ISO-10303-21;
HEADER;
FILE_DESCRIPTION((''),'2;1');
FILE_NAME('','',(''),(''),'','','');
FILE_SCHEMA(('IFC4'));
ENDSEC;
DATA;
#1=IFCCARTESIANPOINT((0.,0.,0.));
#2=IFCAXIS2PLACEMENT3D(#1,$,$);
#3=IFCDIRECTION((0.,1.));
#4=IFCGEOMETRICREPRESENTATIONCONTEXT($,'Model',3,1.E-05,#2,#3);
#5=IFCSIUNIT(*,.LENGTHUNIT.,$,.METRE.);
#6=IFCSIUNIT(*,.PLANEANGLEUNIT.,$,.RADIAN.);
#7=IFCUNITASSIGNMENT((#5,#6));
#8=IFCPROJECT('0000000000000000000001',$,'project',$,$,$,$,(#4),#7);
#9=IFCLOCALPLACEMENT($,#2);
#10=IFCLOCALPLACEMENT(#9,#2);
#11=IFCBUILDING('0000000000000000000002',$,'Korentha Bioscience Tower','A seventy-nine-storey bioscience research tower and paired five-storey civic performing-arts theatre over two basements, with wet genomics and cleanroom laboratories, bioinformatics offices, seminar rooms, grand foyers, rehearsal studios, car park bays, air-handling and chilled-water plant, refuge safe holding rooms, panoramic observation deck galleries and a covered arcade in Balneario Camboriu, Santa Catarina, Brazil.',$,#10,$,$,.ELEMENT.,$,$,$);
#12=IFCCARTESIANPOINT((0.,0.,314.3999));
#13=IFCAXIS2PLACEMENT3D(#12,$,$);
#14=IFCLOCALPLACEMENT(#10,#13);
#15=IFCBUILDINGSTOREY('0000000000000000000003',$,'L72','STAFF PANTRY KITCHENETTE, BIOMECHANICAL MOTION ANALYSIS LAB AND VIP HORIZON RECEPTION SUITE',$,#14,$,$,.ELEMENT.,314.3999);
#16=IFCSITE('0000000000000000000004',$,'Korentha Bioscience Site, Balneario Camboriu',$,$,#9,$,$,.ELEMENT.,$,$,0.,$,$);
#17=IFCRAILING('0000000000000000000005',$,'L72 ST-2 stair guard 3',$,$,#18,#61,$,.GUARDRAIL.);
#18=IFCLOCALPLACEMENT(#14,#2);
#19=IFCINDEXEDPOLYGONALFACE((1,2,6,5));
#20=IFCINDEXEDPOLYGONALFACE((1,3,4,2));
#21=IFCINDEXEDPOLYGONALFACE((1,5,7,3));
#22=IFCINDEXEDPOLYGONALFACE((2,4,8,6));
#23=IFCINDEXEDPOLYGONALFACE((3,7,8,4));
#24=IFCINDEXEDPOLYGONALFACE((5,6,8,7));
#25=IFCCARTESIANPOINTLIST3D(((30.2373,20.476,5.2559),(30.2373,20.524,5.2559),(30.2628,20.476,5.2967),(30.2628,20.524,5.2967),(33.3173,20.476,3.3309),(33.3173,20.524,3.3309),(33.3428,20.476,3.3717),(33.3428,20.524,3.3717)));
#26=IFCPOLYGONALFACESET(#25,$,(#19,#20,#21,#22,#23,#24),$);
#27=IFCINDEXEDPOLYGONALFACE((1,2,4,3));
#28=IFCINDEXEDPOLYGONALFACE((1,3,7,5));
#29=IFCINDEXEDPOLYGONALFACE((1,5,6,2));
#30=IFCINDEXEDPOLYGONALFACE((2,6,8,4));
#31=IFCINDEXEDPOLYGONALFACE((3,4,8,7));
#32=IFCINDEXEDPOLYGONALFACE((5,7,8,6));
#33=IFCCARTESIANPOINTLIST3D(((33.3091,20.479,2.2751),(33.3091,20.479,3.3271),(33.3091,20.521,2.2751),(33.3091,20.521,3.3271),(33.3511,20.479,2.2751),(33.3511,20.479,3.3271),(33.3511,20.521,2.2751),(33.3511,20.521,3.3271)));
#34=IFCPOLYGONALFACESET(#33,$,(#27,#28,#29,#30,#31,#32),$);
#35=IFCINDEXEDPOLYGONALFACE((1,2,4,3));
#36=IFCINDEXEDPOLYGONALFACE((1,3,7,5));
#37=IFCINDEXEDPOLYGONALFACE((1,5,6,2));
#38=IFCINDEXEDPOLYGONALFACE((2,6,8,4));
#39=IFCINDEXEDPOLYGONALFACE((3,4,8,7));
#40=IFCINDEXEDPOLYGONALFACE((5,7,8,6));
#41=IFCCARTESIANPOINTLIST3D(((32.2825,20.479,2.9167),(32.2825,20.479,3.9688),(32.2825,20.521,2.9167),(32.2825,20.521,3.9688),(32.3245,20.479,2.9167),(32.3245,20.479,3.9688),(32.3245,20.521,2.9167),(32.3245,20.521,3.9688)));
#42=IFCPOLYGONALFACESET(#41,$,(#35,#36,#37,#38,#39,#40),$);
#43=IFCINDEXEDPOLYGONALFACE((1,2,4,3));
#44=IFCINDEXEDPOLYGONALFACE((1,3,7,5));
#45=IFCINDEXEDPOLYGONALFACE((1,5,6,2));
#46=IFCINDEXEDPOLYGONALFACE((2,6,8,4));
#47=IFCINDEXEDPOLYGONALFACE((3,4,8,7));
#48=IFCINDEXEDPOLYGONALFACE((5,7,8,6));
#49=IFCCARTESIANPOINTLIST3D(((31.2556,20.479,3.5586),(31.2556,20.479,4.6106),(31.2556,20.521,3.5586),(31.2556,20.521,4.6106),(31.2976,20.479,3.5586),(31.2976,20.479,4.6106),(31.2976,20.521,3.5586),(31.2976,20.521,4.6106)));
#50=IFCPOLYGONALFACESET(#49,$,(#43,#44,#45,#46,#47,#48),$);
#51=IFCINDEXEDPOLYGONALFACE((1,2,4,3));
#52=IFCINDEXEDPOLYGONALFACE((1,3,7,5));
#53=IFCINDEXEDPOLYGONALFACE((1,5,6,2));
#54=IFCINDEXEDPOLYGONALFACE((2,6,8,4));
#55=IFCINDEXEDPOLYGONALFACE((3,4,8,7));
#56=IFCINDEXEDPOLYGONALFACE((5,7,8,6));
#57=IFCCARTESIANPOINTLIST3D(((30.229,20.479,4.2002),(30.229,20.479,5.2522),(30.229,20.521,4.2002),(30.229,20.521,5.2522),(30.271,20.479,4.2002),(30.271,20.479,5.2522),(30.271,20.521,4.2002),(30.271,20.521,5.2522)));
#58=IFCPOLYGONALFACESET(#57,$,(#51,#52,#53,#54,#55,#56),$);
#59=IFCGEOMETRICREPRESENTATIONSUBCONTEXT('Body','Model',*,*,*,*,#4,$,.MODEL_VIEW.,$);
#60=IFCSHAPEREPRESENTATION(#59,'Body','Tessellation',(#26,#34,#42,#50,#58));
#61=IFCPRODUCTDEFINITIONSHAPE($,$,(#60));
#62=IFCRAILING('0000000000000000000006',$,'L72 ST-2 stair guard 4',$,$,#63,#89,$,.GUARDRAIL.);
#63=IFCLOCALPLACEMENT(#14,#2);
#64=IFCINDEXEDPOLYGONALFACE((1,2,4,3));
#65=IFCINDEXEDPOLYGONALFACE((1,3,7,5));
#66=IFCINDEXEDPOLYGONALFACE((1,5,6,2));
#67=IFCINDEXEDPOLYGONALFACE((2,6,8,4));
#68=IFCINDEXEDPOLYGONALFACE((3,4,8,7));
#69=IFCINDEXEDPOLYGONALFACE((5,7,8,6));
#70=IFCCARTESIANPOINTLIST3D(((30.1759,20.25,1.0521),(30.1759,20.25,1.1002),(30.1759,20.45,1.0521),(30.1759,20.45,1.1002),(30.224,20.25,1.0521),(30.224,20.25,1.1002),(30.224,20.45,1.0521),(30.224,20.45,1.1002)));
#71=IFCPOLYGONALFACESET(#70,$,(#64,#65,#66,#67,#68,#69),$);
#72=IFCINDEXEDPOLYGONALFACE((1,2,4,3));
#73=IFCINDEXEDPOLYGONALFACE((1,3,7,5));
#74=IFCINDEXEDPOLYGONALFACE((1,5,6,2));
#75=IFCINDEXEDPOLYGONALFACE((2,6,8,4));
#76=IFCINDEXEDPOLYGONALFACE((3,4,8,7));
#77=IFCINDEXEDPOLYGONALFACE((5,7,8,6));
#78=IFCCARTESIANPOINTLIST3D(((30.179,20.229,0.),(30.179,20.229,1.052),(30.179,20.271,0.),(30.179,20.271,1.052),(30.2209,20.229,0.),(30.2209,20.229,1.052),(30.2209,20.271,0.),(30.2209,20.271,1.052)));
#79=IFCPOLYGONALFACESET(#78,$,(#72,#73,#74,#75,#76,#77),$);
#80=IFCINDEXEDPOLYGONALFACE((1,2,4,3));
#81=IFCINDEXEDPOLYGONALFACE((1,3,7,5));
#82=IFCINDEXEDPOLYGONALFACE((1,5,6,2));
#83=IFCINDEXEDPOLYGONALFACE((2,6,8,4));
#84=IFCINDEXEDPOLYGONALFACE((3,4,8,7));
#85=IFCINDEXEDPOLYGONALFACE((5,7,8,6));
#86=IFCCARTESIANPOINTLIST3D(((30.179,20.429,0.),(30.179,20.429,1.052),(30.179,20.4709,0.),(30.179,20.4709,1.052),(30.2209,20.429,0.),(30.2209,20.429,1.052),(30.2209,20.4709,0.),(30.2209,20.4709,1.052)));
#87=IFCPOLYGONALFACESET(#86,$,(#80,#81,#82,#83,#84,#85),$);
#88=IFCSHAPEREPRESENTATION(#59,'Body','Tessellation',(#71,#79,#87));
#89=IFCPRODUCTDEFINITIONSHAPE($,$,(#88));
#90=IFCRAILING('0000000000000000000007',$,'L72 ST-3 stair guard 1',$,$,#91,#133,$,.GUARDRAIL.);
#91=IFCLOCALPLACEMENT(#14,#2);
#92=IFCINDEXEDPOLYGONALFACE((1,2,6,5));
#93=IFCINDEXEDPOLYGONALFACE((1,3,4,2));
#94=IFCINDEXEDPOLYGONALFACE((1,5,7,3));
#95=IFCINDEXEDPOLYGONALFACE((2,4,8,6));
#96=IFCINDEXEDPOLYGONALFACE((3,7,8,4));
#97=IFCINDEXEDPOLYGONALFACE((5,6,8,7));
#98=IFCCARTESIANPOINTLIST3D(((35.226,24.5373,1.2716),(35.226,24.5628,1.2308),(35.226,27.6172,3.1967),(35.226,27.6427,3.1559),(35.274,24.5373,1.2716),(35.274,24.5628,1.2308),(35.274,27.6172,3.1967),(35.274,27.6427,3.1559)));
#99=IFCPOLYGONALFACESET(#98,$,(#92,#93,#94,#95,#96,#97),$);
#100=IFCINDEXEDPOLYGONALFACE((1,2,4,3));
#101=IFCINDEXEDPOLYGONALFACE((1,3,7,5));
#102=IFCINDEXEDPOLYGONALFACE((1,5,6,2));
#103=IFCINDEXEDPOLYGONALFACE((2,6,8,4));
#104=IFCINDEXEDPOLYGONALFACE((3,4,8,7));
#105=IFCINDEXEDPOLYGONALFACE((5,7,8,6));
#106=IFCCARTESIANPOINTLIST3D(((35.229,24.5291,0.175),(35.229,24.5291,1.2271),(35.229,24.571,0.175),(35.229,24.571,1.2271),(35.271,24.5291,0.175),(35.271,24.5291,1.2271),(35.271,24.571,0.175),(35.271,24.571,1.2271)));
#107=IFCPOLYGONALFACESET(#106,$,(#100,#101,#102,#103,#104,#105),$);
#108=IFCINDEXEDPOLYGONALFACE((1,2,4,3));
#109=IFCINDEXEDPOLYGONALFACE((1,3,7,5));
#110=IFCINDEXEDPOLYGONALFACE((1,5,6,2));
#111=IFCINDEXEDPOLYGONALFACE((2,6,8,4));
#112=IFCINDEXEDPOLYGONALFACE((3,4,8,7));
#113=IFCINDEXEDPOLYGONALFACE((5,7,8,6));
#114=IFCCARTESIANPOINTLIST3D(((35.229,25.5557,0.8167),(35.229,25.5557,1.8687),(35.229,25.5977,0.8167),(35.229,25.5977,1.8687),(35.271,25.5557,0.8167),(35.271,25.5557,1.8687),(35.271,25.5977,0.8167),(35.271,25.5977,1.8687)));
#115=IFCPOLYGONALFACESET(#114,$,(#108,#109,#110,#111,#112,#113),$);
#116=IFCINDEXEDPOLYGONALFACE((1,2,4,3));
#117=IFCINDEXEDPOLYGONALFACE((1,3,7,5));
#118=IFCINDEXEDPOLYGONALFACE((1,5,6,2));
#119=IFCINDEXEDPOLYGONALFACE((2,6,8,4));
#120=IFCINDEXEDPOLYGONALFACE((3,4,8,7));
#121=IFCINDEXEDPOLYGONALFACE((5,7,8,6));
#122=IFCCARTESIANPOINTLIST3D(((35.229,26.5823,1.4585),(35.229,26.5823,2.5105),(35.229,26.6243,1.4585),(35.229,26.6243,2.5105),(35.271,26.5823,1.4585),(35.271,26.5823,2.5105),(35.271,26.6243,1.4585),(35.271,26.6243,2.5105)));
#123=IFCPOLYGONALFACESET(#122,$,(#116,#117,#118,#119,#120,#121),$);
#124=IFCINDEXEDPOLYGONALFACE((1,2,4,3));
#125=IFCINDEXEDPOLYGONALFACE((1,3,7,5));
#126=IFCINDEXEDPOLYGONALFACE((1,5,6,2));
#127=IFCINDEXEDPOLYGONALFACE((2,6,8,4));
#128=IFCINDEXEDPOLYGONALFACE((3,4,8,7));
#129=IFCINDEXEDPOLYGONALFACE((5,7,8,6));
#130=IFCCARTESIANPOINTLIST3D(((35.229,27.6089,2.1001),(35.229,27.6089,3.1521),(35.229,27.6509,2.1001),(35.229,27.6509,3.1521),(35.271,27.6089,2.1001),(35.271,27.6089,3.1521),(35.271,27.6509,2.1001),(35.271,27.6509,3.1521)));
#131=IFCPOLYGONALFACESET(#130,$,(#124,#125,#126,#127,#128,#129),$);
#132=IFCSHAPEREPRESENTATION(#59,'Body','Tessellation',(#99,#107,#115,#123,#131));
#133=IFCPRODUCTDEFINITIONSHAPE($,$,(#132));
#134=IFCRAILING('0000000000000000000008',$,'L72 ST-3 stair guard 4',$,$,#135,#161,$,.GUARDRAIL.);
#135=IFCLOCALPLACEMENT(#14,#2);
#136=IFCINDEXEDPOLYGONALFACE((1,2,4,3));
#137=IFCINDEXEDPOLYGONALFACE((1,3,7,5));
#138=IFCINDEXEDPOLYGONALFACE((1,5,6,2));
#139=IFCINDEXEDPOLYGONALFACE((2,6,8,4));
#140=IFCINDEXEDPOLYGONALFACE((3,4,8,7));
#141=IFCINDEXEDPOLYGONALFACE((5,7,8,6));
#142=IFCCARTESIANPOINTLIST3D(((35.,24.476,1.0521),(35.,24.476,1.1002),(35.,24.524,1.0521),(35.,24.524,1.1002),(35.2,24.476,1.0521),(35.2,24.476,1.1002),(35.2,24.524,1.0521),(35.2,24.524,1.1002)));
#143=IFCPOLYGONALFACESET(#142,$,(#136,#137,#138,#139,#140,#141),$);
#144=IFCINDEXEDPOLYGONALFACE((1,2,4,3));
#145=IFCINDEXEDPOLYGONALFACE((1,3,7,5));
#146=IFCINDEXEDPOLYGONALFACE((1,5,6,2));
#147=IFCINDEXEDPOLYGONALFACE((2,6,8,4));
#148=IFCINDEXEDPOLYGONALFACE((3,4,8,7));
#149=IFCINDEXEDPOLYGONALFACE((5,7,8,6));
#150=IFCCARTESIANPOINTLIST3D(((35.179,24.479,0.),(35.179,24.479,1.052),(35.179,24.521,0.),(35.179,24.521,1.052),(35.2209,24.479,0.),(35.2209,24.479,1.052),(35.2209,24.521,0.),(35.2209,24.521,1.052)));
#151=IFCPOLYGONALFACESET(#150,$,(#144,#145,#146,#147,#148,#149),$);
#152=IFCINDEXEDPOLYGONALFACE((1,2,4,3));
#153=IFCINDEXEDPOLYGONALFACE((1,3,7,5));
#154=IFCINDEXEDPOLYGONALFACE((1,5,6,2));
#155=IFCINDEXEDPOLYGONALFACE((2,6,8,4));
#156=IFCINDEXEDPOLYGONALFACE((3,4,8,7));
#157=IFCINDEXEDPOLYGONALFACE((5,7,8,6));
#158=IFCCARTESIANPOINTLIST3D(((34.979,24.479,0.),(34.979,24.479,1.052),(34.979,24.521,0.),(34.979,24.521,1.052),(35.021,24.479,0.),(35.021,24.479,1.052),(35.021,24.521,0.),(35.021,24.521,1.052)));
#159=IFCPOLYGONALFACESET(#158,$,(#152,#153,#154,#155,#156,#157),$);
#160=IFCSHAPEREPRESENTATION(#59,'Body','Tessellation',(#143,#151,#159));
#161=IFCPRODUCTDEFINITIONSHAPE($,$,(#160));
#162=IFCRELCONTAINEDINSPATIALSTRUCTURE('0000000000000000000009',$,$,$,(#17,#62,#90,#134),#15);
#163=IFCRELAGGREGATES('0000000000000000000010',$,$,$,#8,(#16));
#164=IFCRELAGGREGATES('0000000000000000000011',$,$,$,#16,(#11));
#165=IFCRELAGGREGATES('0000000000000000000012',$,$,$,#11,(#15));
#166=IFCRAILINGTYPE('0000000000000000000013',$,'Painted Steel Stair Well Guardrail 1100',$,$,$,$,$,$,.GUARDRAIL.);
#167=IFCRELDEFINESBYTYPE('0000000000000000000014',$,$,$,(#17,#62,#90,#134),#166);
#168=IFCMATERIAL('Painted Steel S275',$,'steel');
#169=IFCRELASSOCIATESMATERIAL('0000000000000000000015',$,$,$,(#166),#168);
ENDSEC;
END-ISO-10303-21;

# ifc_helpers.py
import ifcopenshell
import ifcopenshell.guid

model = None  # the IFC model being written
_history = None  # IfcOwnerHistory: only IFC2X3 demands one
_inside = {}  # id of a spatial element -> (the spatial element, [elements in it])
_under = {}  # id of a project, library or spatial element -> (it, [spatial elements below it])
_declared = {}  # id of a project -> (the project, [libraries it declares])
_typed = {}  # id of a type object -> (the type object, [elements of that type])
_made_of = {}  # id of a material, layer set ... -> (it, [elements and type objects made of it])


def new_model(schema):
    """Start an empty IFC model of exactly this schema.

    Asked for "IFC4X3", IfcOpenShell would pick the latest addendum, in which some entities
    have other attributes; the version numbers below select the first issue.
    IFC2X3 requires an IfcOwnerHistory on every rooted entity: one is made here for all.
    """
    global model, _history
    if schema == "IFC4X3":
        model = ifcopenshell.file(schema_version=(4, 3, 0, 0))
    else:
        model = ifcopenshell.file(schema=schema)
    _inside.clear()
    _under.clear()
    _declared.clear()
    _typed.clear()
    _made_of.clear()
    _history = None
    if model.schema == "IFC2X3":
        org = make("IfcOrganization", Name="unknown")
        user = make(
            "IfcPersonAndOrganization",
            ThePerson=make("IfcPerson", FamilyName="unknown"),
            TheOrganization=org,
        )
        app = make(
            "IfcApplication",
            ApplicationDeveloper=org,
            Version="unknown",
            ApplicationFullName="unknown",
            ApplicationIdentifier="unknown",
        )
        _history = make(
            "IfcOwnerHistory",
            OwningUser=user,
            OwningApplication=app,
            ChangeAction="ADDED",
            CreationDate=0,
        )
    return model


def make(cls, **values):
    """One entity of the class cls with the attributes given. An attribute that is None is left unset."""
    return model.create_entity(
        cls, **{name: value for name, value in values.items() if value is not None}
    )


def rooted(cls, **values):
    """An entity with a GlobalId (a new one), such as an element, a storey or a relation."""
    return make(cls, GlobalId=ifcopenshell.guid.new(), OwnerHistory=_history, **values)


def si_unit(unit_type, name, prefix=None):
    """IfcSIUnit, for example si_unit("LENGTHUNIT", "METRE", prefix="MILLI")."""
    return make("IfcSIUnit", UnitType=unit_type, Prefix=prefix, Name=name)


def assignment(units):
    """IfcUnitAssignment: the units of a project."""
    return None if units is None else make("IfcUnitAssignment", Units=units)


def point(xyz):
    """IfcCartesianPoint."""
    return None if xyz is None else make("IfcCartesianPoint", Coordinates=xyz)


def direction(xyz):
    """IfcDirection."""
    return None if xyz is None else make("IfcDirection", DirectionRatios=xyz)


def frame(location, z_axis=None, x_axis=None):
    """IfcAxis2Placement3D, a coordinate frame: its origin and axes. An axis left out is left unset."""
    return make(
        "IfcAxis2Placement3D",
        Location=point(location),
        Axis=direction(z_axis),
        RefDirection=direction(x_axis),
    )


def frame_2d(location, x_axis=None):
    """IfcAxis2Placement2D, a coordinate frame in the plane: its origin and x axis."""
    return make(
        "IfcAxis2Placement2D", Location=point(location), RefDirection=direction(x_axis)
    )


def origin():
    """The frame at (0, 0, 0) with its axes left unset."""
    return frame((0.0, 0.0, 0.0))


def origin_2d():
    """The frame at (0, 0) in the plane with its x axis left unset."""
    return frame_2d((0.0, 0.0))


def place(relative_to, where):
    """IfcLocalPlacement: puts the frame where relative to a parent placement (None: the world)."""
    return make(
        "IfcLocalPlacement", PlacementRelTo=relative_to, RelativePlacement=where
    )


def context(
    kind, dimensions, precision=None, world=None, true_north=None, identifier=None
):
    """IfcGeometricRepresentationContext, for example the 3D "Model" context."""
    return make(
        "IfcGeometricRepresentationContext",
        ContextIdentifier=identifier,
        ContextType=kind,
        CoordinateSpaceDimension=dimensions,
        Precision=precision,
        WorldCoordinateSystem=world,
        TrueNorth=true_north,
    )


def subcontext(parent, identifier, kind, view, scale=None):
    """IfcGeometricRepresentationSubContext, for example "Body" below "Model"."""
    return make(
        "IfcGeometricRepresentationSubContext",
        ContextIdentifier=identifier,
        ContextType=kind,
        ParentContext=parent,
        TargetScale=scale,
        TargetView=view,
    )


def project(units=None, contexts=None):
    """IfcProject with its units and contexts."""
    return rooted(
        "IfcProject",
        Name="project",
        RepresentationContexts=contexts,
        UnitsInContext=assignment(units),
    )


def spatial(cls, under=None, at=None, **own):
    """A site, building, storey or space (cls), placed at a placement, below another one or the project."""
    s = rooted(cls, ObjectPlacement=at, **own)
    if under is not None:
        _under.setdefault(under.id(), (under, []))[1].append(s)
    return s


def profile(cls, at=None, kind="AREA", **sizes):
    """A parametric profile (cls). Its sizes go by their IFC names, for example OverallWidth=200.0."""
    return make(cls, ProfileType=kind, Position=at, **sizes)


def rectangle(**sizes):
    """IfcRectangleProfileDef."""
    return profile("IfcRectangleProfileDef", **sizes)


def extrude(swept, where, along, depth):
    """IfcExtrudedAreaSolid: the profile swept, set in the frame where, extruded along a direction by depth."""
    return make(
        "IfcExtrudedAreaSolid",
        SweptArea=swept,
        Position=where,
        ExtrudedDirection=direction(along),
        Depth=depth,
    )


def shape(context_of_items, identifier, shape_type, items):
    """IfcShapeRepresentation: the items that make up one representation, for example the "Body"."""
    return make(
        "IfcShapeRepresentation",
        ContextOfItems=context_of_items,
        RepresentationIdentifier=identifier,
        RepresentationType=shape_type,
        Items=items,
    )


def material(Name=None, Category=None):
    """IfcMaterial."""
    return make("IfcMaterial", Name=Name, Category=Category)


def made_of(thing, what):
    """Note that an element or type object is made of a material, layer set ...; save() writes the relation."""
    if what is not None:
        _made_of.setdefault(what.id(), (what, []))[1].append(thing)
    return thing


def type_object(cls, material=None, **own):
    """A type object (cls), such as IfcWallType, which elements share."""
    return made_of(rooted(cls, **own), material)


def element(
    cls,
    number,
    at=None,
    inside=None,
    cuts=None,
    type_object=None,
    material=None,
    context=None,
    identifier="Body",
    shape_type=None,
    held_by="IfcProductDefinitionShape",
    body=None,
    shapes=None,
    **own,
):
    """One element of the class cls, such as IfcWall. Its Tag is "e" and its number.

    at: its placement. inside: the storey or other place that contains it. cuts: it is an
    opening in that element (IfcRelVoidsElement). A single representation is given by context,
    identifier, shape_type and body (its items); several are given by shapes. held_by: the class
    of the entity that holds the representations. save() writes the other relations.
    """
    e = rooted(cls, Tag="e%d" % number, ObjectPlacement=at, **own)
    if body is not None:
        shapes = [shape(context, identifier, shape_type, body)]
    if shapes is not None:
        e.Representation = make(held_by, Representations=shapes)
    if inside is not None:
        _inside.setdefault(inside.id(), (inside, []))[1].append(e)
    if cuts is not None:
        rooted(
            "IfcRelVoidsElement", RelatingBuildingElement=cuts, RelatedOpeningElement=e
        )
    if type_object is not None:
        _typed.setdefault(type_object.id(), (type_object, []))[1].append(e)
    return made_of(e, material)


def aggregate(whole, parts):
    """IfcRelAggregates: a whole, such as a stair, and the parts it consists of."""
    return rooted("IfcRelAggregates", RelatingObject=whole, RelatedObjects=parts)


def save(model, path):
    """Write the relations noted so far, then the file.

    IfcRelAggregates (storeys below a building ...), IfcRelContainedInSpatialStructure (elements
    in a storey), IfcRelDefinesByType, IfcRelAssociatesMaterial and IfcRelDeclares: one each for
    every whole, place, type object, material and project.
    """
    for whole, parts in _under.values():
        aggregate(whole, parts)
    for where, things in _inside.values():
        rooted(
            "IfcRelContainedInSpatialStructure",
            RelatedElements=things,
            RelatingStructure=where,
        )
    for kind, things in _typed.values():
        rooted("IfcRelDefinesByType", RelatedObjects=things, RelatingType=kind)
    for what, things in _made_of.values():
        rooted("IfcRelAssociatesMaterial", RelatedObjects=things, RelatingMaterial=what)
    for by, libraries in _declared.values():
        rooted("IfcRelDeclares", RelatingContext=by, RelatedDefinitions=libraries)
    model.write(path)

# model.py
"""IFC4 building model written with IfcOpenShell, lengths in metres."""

from ifc_helpers import new_model, si_unit, direction, frame, origin, origin_2d, place, context, subcontext, project, spatial, rectangle, extrude, material, type_object, element, save


model = new_model("IFC4")

# Units and contexts
model_context = context("Model", 3, precision=1e-05, world=origin(), true_north=direction((0.0, 1.0)))
body_context = subcontext(model_context, "Body", "Model", "MODEL_VIEW")
ifc_project = project(units=[si_unit("LENGTHUNIT", "METRE"), si_unit("PLANEANGLEUNIT", "RADIAN")], contexts=[model_context])

# Site, building, storey
site_placement = place(None, origin())
site = spatial("IfcSite", under=ifc_project, at=site_placement, Name="Korentha Bioscience Site, Balneario Camboriu", CompositionType="ELEMENT", RefElevation=0.0)
building_placement = place(site_placement, origin())
building = spatial("IfcBuilding", under=site, at=building_placement, Name="Korentha Bioscience Tower", Description="A seventy-nine-storey bioscience research tower and paired five-storey civic performing-arts theatre over two basements, with wet genomics and cleanroom laboratories, bioinformatics offices, seminar rooms, grand foyers, rehearsal studios, car park bays, air-handling and chilled-water plant, refuge safe holding rooms, panoramic observation deck galleries and a covered arcade in Balneario Camboriu, Santa Catarina, Brazil.", CompositionType="ELEMENT")
storey_placement = place(building_placement, frame((0.0, 0.0, 314.3999)))
storey = spatial("IfcBuildingStorey", under=building, at=storey_placement, Name="L72", Description="STAFF PANTRY KITCHENETTE, BIOMECHANICAL MOTION ANALYSIS LAB AND VIP HORIZON RECEPTION SUITE", CompositionType="ELEMENT", Elevation=314.3999)

# Railings
ifc_material_1 = material(Name="Painted Steel S275", Category="steel")
railing_type_1 = type_object("IfcRailingType", Name="Painted Steel Stair Well Guardrail 1100", PredefinedType="GUARDRAIL", material=ifc_material_1)
railing_1_placement = place(storey_placement, frame((33.3301, 20.5, 2.2751)))
element("IfcRailing", 1, at=railing_1_placement, inside=storey, type_object=railing_type_1, Name="L72 ST-2 stair guard 3", PredefinedType="GUARDRAIL", context=body_context, shape_type="SweptSolid", body=[
    extrude(rectangle(XDim=0.0481, YDim=0.0481, at=origin_2d()), frame((0.0, 0.0, 1.0762), z_axis=(-0.847998, 0.0, 0.529999), x_axis=(0.0, -1.0, 0.0)), (0.0, 0.0, 1.0), 3.6321),
    extrude(rectangle(XDim=0.042, YDim=0.042, at=origin_2d()), origin(), (0.0, 0.0, 1.0), 1.052),
    extrude(rectangle(XDim=0.042, YDim=0.042, at=origin_2d()), frame((-1.0266, 0.0, 0.6416)), (0.0, 0.0, 1.0), 1.052),
    extrude(rectangle(XDim=0.042, YDim=0.042, at=origin_2d()), frame((-2.0535, 0.0, 1.2834)), (0.0, 0.0, 1.0), 1.052),
    extrude(rectangle(XDim=0.042, YDim=0.042, at=origin_2d()), frame((-3.0801, 0.0, 1.925)), (0.0, 0.0, 1.0), 1.052),
])
railing_2_placement = place(storey_placement, frame((30.2, 20.25, 0.0)))
element("IfcRailing", 2, at=railing_2_placement, inside=storey, type_object=railing_type_1, Name="L72 ST-2 stair guard 4", PredefinedType="GUARDRAIL", context=body_context, shape_type="SweptSolid", body=[
    extrude(rectangle(XDim=0.0481, YDim=0.0481, at=origin_2d()), frame((0.0, 0.0, 1.0762), z_axis=(0.0, 1.0, 0.0), x_axis=(-1.0, 0.0, 0.0)), (0.0, 0.0, 1.0), 0.2),
    extrude(rectangle(XDim=0.042, YDim=0.042, at=origin_2d()), origin(), (0.0, 0.0, 1.0), 1.052),
    extrude(rectangle(XDim=0.042, YDim=0.042, at=origin_2d()), frame((0.0, 0.2, 0.0)), (0.0, 0.0, 1.0), 1.052),
])
railing_3_placement = place(storey_placement, frame((35.25, 24.55, 0.175)))
element("IfcRailing", 3, at=railing_3_placement, inside=storey, type_object=railing_type_1, Name="L72 ST-3 stair guard 1", PredefinedType="GUARDRAIL", context=body_context, shape_type="SweptSolid", body=[
    extrude(rectangle(XDim=0.0481, YDim=0.0481, at=origin_2d()), frame((0.0, 0.0, 1.0762), z_axis=(0.0, 0.847979, 0.530029), x_axis=(-1.0, 0.0, 0.0)), (0.0, 0.0, 1.0), 3.6321),
    extrude(rectangle(XDim=0.042, YDim=0.042, at=origin_2d()), origin(), (0.0, 0.0, 1.0), 1.052),
    extrude(rectangle(XDim=0.042, YDim=0.042, at=origin_2d()), frame((0.0, 1.0266, 0.6416)), (0.0, 0.0, 1.0), 1.052),
    extrude(rectangle(XDim=0.042, YDim=0.042, at=origin_2d()), frame((0.0, 2.0532, 1.2834)), (0.0, 0.0, 1.0), 1.052),
    extrude(rectangle(XDim=0.042, YDim=0.042, at=origin_2d()), frame((0.0, 3.0798, 1.925)), (0.0, 0.0, 1.0), 1.052),
])
railing_4_placement = place(storey_placement, frame((35.2, 24.5, 0.0)))
element("IfcRailing", 4, at=railing_4_placement, inside=storey, type_object=railing_type_1, Name="L72 ST-3 stair guard 4", PredefinedType="GUARDRAIL", context=body_context, shape_type="SweptSolid", body=[
    extrude(rectangle(XDim=0.0481, YDim=0.0481, at=origin_2d()), frame((0.0, 0.0, 1.0762), z_axis=(-1.0, 0.0, 0.0), x_axis=(0.0, -1.0, 0.0)), (0.0, 0.0, 1.0), 0.2),
    extrude(rectangle(XDim=0.042, YDim=0.042, at=origin_2d()), origin(), (0.0, 0.0, 1.0), 1.052),
    extrude(rectangle(XDim=0.042, YDim=0.042, at=origin_2d()), frame((-0.2, 0.0, 0.0)), (0.0, 0.0, 1.0), 1.052),
])

save(model, "model.ifc")
